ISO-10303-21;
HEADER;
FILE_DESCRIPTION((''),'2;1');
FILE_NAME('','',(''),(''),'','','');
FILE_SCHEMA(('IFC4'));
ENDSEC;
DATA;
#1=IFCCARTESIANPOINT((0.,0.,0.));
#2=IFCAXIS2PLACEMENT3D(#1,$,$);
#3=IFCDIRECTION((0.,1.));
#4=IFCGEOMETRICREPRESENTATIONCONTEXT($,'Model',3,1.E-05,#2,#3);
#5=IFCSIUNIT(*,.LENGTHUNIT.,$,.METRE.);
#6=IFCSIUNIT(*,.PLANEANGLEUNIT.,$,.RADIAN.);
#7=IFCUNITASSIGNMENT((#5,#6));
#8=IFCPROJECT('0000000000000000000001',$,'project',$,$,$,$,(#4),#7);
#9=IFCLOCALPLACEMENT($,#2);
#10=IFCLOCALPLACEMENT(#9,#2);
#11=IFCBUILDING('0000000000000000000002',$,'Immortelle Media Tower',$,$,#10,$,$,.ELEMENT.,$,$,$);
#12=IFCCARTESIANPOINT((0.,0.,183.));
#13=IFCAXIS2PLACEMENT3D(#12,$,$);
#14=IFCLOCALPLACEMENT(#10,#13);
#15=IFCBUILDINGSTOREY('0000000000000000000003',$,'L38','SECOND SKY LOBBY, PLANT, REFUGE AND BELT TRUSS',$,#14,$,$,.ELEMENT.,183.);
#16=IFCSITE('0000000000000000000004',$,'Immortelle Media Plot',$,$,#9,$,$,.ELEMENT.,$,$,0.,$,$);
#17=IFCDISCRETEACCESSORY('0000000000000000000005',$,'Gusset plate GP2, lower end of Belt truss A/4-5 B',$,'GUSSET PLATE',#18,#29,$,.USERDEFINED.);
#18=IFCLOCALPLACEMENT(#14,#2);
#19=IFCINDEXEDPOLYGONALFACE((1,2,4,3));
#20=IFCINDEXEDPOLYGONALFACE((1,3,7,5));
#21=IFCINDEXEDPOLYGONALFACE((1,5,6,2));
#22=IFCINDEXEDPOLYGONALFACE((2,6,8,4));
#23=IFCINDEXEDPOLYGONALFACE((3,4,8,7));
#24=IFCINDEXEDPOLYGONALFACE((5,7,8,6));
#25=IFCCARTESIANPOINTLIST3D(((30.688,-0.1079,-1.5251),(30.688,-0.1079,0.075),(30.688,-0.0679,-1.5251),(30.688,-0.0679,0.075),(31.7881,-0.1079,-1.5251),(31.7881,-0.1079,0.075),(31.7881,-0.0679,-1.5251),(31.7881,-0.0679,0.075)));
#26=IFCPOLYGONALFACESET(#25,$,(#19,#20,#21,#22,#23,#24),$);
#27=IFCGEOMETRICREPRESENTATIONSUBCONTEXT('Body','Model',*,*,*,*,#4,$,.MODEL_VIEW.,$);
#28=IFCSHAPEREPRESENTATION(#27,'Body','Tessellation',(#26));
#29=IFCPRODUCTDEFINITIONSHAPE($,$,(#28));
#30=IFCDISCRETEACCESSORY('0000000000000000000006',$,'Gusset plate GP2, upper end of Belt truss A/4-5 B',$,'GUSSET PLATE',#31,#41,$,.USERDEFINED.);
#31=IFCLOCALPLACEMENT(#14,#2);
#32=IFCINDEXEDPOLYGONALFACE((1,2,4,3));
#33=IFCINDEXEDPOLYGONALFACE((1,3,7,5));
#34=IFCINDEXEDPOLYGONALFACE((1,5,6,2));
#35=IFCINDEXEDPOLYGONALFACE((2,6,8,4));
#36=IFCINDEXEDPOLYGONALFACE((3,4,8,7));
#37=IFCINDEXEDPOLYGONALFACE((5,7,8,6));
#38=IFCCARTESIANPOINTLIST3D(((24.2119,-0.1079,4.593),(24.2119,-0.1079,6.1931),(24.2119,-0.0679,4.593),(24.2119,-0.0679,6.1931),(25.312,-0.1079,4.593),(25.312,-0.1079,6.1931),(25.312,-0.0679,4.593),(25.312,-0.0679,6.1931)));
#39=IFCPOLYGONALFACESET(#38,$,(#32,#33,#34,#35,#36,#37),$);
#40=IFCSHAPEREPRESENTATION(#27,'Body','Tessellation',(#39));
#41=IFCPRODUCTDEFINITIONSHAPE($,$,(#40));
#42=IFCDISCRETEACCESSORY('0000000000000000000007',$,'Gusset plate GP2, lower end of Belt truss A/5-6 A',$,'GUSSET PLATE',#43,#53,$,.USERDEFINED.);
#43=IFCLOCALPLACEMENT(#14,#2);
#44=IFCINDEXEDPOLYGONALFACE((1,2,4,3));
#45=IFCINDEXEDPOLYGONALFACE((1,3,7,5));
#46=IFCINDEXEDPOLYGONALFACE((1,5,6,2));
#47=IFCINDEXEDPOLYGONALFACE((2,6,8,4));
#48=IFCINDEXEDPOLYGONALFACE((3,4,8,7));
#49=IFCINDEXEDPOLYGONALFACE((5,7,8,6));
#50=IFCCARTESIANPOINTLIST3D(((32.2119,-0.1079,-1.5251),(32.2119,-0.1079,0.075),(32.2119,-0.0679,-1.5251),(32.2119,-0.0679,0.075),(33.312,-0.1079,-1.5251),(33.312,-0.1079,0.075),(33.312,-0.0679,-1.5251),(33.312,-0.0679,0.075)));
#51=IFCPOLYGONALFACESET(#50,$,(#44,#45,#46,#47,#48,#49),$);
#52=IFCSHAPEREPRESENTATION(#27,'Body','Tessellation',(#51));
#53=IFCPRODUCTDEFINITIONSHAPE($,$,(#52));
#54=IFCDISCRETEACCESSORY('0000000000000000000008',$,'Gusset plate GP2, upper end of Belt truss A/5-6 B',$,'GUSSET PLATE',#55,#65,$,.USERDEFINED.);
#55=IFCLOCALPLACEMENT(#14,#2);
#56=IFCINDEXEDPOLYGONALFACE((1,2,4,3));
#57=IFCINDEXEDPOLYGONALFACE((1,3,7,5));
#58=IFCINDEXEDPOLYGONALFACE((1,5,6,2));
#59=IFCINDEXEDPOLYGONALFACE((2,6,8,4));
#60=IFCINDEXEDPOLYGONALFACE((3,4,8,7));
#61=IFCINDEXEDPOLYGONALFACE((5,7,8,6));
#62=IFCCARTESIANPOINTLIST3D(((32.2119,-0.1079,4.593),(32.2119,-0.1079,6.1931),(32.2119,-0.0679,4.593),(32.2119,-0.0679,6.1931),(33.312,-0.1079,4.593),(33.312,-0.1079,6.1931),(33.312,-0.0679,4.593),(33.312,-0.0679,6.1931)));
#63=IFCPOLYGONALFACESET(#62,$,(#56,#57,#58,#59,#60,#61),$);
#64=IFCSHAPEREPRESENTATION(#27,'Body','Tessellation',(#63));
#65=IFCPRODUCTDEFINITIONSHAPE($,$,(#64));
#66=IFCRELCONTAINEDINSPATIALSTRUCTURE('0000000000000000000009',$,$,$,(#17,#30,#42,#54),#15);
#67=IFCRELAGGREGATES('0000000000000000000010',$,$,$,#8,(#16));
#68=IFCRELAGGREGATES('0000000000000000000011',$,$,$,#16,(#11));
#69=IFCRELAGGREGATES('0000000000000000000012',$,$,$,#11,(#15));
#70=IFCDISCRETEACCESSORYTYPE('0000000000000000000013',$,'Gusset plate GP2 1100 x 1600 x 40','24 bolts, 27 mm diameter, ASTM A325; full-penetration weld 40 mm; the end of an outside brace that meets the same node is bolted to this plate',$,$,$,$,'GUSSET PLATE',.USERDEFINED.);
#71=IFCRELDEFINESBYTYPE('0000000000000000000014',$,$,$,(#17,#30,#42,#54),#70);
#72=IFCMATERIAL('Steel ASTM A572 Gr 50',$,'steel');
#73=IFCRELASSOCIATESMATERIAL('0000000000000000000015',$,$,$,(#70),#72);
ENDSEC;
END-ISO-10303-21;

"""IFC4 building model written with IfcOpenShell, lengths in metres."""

from ifc_helpers import new_model, si_unit, direction, frame, origin, origin_2d, place, context, subcontext, project, spatial, rectangle, extrude, material, material_profile, profile_set, type_object, element, save


model = new_model("IFC4")

# Units and contexts
model_context = context("Model", 3, precision=1e-05, world=origin(), true_north=direction((0.0, 1.0)))
body_context = subcontext(model_context, "Body", "Model", "MODEL_VIEW")
ifc_project = project(units=[si_unit("LENGTHUNIT", "METRE"), si_unit("PLANEANGLEUNIT", "RADIAN")], contexts=[model_context])

# Site, building, storey
site_placement = place(None, origin())
site = spatial("IfcSite", under=ifc_project, at=site_placement, Name="Immortelle Media Plot", CompositionType="ELEMENT", RefElevation=0.0)
building_placement = place(site_placement, origin())
building = spatial("IfcBuilding", under=site, at=building_placement, Name="Immortelle Media Tower", CompositionType="ELEMENT")
storey_placement = place(building_placement, frame((0.0, 0.0, 183.0)))
storey = spatial("IfcBuildingStorey", under=building, at=storey_placement, Name="L38", Description="SECOND SKY LOBBY, PLANT, REFUGE AND BELT TRUSS", CompositionType="ELEMENT", Elevation=183.0)

# Discrete accessories
ifc_material_1 = material(Name="Steel ASTM A572 Gr 50", Category="steel")
ifc_material_profile_1 = material_profile(ifc_material_1, rectangle(XDim=0.04, YDim=1.6001, at=origin_2d()), Name="PL 40 x 1600")
ifc_profile_set_1 = profile_set([ifc_material_profile_1], Name="Steel ASTM A572 Gr 50")
discrete_accessory_type_1 = type_object("IfcDiscreteAccessoryType", Name="Gusset plate GP2 1100 x 1600 x 40", Description="24 bolts, 27 mm diameter, ASTM A325; full-penetration weld 40 mm; the end of an outside brace that meets the same node is bolted to this plate", ElementType="GUSSET PLATE", PredefinedType="USERDEFINED", material=ifc_profile_set_1)
for number, where, z_axis, x_axis, name in (
    (1, (31.7881, -0.0879, -0.7251), (-1.0, 0.0, 0.0), (0.0, -1.0, 0.0), "Gusset plate GP2, lower end of Belt truss A/4-5 B"),
    (2, (24.2119, -0.0879, 5.3931), (1.0, 0.0, 0.0), (0.0, 1.0, 0.0), "Gusset plate GP2, upper end of Belt truss A/4-5 B"),
    (3, (32.2119, -0.0879, -0.7251), (1.0, 0.0, 0.0), (0.0, 1.0, 0.0), "Gusset plate GP2, lower end of Belt truss A/5-6 A"),
    (4, (32.2119, -0.0879, 5.3931), (1.0, 0.0, 0.0), (0.0, 1.0, 0.0), "Gusset plate GP2, upper end of Belt truss A/5-6 B"),
):
    element("IfcDiscreteAccessory", number, at=place(storey_placement, frame(where, z_axis=z_axis, x_axis=x_axis)), inside=storey, type_object=discrete_accessory_type_1, Name=name, ObjectType="GUSSET PLATE", PredefinedType="USERDEFINED", context=body_context, shape_type="SweptSolid", body=[
        extrude(rectangle(XDim=0.04, YDim=1.6001, at=origin_2d()), origin(), (0.0, 0.0, 1.0), 1.1001),
    ])

save(model, "model.ifc")
